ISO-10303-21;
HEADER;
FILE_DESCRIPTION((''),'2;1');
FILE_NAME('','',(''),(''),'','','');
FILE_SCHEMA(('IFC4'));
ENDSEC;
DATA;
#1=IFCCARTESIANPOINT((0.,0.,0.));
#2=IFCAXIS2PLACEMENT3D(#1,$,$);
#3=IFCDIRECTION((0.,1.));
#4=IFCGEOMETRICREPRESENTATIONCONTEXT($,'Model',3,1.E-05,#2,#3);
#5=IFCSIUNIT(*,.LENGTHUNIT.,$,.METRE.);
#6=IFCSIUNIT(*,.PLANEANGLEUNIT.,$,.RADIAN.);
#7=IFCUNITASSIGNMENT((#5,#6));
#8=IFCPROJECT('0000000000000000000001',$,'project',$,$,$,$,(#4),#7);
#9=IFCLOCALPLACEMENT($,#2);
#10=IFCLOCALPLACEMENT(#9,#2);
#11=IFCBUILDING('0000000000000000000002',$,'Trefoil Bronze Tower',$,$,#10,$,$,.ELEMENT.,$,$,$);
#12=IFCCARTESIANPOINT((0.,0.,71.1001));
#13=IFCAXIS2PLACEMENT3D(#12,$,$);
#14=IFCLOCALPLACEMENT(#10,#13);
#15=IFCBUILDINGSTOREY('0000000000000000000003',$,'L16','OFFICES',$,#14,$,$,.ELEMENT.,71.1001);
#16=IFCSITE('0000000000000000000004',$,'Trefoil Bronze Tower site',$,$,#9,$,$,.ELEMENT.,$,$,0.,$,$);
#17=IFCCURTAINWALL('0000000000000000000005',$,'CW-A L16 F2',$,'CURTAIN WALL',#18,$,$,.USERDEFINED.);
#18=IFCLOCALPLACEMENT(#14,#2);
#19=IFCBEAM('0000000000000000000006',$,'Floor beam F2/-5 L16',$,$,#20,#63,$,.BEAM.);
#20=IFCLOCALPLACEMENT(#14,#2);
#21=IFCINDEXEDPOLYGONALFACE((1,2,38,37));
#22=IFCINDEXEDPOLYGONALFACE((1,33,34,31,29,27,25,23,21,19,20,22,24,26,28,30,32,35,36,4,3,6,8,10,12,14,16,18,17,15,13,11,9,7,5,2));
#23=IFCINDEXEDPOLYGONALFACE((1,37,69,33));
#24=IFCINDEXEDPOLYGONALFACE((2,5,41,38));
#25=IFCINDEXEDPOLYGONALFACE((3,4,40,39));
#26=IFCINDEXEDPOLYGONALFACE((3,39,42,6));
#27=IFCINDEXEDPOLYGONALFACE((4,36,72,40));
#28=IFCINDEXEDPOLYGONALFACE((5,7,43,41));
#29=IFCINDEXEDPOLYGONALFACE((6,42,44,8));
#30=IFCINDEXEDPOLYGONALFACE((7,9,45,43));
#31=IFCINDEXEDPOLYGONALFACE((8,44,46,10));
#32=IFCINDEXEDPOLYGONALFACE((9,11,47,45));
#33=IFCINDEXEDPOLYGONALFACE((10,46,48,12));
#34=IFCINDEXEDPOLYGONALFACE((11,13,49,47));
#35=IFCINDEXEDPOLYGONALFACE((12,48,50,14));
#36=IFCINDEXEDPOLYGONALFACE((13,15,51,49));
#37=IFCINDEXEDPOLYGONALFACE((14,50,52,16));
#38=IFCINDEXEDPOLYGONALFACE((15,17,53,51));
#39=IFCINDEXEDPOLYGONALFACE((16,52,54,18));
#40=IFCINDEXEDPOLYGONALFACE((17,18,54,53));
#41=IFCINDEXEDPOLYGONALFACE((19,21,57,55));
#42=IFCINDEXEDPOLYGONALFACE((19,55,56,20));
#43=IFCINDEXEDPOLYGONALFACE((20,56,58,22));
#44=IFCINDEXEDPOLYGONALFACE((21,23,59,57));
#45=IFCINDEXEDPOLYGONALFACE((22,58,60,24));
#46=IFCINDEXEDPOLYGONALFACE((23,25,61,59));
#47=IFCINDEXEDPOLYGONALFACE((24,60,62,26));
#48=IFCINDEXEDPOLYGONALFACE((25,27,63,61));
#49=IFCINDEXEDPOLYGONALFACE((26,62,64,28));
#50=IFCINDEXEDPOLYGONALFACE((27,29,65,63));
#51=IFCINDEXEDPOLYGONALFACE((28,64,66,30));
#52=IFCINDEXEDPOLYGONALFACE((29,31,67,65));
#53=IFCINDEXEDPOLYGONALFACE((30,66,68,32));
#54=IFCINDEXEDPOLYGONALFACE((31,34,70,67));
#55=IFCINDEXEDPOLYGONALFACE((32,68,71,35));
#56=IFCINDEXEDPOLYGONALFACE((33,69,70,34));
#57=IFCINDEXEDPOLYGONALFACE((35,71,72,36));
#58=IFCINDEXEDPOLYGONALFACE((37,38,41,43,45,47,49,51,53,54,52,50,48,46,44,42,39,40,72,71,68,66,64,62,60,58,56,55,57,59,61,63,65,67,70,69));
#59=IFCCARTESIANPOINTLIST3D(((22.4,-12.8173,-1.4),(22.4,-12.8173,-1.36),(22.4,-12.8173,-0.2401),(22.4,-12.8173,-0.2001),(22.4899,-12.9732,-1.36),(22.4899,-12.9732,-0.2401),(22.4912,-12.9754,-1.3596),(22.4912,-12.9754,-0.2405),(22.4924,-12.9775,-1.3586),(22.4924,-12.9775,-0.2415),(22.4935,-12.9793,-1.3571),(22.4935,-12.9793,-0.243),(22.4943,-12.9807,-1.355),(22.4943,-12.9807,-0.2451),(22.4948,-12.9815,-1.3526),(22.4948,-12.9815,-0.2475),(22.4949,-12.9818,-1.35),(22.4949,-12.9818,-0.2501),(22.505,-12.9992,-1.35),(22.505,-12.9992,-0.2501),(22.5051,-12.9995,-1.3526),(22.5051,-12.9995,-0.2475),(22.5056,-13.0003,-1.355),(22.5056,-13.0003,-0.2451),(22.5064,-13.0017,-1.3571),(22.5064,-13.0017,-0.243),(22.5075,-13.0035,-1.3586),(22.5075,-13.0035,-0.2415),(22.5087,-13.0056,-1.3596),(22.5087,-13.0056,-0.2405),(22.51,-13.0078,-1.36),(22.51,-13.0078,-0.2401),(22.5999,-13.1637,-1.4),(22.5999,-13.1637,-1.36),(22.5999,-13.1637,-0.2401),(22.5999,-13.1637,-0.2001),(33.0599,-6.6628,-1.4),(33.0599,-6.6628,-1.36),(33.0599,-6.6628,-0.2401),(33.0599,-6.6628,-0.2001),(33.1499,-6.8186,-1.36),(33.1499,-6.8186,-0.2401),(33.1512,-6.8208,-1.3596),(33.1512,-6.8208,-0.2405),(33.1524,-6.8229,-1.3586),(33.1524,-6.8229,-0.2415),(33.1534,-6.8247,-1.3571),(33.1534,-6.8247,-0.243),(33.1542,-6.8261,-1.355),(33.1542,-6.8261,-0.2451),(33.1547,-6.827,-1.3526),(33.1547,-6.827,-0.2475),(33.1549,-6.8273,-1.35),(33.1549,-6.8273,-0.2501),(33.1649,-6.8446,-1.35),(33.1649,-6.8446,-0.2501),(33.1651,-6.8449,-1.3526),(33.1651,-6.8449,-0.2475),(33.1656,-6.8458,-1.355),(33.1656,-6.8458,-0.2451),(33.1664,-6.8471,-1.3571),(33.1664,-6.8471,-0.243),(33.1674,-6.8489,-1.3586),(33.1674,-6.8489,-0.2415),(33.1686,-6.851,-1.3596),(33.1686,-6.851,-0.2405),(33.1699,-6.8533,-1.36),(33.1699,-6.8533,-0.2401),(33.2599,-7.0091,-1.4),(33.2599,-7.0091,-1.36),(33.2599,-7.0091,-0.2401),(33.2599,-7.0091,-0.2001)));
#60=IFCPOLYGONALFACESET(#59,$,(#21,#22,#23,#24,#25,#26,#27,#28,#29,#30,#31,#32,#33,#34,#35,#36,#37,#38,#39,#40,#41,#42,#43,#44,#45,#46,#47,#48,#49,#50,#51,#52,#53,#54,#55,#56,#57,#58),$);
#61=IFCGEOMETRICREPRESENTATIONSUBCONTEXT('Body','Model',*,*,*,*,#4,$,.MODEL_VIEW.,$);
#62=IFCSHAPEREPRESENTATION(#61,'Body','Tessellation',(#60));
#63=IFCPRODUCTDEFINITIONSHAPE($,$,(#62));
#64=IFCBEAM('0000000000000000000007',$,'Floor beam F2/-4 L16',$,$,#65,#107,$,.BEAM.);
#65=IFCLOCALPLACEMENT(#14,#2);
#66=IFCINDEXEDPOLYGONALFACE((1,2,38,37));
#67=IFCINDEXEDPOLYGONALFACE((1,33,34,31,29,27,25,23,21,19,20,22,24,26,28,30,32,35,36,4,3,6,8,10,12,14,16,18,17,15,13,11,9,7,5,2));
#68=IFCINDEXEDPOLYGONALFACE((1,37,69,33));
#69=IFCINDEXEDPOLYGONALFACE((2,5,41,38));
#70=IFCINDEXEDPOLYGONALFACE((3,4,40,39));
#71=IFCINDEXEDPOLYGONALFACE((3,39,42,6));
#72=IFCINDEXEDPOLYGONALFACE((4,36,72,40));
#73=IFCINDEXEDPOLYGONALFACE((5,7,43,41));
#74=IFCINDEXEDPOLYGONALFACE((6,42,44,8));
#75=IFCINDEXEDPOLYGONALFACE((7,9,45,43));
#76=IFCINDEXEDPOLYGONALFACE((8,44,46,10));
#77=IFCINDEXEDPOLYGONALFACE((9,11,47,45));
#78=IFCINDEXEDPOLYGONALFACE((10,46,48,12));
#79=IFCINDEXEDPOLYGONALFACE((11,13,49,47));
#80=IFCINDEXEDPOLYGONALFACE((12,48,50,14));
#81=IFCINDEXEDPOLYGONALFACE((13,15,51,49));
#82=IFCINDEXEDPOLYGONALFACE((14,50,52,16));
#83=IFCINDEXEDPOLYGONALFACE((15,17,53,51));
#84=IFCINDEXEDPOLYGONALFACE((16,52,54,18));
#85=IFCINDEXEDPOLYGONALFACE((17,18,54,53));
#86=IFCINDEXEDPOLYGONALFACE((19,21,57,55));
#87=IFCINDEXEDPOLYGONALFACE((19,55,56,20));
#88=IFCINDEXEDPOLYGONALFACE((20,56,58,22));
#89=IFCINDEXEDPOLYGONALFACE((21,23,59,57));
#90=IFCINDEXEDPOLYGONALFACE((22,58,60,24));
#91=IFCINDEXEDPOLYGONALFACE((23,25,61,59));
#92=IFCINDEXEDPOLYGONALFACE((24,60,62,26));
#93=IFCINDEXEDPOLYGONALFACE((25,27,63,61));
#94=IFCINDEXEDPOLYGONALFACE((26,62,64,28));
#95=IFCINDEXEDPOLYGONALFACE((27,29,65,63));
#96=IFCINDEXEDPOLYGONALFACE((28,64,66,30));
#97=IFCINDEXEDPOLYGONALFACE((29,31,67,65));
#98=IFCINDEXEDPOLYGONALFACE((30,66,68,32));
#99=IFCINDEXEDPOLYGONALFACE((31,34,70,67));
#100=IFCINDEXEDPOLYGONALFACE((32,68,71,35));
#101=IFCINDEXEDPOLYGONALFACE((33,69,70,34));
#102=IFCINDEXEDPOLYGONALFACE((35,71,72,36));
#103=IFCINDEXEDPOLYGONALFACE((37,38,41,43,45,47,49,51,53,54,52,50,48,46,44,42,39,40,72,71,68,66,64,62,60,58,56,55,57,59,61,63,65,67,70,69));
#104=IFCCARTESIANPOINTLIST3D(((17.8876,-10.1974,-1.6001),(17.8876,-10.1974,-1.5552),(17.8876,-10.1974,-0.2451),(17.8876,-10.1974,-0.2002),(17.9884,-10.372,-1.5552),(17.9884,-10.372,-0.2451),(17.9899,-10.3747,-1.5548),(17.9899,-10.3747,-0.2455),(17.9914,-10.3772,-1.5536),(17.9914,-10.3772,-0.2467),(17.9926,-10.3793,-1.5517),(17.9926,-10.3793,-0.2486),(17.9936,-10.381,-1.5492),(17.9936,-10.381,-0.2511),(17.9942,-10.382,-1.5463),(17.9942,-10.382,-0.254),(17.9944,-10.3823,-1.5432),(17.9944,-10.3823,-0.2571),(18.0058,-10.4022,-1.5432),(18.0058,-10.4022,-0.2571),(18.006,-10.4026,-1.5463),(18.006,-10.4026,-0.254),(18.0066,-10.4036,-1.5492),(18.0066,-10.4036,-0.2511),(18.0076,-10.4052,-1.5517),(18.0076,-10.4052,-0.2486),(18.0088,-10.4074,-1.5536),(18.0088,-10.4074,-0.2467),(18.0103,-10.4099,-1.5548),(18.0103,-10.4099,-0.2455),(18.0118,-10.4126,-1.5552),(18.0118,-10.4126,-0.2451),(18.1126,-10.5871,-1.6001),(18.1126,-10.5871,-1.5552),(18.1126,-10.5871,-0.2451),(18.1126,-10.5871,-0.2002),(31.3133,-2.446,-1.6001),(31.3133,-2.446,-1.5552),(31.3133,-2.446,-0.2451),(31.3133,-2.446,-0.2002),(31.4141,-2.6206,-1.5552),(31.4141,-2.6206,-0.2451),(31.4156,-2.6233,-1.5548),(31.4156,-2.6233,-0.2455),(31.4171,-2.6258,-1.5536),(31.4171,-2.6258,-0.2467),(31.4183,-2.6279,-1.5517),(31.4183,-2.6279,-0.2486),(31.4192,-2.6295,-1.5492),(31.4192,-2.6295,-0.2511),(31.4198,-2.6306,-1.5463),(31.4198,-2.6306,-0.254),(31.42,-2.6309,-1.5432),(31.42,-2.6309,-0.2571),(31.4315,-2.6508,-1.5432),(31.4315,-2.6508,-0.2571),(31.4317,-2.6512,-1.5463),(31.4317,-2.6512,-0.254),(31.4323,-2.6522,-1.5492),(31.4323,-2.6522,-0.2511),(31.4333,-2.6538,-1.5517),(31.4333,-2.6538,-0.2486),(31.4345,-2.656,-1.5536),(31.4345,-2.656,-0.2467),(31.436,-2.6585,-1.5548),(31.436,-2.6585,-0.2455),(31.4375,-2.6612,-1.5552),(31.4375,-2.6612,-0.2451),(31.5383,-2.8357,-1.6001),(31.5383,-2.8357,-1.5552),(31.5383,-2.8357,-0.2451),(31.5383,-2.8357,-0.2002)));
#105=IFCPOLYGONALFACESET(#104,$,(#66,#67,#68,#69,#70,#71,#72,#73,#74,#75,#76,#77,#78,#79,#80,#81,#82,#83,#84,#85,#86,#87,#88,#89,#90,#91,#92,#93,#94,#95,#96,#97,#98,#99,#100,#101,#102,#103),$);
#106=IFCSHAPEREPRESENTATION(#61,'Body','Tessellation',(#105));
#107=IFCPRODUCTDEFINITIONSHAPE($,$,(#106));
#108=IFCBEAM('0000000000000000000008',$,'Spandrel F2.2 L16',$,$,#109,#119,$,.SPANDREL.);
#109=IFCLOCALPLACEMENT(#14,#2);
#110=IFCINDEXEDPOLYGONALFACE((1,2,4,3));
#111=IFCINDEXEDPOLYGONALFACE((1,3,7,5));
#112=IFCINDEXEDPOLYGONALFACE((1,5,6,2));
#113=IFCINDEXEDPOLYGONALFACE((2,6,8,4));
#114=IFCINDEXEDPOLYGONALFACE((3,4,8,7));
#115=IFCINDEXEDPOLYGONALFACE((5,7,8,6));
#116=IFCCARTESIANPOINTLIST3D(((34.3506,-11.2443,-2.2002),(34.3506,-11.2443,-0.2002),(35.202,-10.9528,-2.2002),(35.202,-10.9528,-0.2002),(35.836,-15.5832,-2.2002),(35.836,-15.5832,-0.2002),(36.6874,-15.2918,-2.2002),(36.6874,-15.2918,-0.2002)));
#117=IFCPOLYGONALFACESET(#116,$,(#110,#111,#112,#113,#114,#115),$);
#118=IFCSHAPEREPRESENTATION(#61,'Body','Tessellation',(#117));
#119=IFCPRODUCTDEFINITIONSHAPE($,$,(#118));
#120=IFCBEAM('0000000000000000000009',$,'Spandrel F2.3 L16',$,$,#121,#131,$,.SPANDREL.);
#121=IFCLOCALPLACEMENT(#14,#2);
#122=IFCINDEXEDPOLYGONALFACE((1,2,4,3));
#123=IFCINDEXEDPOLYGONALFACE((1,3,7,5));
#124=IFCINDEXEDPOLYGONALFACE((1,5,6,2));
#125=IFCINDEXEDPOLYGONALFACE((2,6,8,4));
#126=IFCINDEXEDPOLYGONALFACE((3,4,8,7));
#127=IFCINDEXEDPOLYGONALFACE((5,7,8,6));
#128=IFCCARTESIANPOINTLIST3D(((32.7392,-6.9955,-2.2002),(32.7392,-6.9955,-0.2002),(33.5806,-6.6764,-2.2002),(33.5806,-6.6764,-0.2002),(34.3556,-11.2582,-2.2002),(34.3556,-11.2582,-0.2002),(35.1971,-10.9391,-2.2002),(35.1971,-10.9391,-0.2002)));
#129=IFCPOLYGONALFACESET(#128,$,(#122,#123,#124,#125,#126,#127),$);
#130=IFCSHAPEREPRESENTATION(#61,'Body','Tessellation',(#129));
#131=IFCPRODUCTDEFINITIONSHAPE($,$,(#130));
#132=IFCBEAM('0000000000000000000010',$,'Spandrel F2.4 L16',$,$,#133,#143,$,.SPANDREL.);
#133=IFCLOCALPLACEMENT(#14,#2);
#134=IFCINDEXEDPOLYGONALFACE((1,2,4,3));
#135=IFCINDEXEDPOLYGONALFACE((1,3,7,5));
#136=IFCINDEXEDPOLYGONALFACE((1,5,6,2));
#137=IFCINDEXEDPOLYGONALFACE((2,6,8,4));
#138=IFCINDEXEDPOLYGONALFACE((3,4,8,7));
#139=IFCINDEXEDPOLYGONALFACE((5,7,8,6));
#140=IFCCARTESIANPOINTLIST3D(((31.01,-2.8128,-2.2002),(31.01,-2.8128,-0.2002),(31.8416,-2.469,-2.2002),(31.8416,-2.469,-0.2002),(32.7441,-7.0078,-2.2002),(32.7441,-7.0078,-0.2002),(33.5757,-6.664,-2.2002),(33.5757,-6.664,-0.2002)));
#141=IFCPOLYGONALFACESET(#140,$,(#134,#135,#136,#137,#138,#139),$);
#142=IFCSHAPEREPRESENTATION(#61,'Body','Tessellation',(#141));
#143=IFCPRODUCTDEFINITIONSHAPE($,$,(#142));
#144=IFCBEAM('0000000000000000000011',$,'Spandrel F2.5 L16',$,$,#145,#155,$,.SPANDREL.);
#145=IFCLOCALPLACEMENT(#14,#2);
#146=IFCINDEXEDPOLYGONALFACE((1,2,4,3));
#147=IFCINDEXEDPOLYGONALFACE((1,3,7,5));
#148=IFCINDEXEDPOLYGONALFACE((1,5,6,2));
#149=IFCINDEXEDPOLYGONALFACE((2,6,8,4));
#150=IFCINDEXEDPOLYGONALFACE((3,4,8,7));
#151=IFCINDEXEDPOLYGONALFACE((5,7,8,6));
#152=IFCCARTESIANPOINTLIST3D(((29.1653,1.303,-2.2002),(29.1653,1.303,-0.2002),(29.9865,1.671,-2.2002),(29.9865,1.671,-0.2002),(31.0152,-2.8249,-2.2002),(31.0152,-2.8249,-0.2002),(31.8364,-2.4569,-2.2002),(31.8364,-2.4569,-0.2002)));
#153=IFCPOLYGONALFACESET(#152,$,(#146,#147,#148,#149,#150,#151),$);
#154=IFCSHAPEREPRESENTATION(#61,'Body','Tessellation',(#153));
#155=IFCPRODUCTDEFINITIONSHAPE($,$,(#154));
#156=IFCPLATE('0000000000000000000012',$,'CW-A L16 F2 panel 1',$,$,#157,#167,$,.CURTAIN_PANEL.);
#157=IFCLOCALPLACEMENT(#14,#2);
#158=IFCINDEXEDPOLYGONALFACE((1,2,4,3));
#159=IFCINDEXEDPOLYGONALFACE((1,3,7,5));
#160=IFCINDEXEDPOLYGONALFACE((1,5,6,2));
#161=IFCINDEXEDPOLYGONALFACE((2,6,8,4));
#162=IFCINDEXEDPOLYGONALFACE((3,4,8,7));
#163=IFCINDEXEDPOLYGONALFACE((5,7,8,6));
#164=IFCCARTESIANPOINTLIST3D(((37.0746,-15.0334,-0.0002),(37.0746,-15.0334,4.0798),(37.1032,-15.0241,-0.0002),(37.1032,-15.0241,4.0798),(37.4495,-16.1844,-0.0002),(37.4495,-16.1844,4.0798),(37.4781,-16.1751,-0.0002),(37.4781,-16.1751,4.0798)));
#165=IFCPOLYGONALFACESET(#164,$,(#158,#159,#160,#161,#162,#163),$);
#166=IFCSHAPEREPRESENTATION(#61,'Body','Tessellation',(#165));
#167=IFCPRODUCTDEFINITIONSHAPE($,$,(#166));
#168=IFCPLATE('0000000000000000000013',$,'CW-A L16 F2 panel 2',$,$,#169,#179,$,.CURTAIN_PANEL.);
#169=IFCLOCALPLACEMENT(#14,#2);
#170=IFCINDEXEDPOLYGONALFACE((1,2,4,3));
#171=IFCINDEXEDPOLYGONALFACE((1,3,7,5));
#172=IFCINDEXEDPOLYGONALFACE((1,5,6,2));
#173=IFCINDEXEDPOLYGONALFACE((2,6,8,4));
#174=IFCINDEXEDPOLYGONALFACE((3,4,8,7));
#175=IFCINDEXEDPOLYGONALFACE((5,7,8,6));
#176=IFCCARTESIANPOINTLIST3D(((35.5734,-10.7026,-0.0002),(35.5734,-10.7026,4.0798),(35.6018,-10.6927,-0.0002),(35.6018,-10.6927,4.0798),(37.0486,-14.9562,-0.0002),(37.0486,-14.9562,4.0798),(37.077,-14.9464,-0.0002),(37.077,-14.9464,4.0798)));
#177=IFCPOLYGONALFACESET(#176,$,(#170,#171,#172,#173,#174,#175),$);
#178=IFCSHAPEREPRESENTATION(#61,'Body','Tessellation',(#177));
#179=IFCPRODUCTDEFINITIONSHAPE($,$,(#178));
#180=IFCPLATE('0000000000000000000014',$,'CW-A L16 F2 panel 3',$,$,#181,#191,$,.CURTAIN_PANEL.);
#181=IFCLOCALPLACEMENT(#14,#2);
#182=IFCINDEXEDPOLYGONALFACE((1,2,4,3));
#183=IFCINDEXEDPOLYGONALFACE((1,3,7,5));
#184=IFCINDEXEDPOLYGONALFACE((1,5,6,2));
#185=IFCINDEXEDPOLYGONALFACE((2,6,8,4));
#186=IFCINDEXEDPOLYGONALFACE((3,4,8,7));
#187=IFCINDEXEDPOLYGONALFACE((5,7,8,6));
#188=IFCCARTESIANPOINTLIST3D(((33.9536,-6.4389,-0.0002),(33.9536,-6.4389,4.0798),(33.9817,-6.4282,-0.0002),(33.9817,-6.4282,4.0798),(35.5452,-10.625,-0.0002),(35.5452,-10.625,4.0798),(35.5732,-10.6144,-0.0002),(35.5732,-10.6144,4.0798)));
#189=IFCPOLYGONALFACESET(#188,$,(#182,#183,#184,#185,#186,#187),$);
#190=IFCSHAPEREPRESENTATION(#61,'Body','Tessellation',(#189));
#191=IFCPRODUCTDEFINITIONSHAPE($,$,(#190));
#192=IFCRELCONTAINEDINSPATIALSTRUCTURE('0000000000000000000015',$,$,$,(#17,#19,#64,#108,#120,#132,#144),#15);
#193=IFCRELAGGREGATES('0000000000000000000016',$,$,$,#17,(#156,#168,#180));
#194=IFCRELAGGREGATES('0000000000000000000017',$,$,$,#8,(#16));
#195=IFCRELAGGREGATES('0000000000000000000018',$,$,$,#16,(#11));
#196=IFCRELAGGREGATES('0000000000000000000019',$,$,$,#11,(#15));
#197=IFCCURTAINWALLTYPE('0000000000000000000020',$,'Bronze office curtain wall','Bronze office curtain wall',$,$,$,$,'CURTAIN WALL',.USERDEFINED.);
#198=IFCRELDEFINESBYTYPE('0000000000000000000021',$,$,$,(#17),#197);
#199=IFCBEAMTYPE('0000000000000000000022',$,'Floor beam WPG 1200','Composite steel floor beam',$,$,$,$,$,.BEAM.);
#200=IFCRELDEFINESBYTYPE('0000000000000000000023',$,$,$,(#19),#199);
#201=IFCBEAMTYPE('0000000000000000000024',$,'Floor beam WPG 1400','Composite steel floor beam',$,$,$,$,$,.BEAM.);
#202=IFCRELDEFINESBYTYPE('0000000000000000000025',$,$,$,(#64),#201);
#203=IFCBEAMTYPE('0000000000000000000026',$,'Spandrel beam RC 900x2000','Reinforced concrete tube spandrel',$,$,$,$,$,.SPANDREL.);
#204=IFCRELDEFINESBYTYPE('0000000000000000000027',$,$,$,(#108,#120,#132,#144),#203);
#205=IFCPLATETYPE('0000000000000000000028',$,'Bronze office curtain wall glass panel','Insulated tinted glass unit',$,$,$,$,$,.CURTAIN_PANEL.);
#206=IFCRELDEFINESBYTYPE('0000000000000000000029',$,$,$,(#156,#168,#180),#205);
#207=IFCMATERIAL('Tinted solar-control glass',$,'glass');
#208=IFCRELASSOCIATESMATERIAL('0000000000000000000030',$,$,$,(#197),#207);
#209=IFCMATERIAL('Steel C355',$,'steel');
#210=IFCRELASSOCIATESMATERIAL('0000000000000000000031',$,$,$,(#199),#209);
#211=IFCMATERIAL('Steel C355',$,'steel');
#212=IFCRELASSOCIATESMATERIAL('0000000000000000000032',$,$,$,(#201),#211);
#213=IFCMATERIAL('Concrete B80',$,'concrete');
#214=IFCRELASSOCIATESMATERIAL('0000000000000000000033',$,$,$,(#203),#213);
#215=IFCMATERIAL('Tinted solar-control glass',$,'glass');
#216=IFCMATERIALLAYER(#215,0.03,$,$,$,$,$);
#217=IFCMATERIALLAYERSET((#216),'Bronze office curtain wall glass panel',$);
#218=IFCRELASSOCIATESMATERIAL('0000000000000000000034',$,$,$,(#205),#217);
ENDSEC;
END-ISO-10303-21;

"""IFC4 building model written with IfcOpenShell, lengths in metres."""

from ifc_helpers import new_model, si_unit, direction, frame, origin, origin_2d, place, context, subcontext, project, spatial, rectangle, i_section, extrude, material, layer, layer_set, material_profile, profile_set, type_object, element, aggregate, save


model = new_model("IFC4")

# Units and contexts
model_context = context("Model", 3, precision=1e-05, world=origin(), true_north=direction((0.0, 1.0)))
body_context = subcontext(model_context, "Body", "Model", "MODEL_VIEW")
ifc_project = project(units=[si_unit("LENGTHUNIT", "METRE"), si_unit("PLANEANGLEUNIT", "RADIAN")], contexts=[model_context])

# Site, building, storey
site_placement = place(None, origin())
site = spatial("IfcSite", under=ifc_project, at=site_placement, Name="Trefoil Bronze Tower site", CompositionType="ELEMENT", RefElevation=0.0)
building_placement = place(site_placement, origin())
building = spatial("IfcBuilding", under=site, at=building_placement, Name="Trefoil Bronze Tower", CompositionType="ELEMENT")
storey_placement = place(building_placement, frame((0.0, 0.0, 71.1001)))
storey = spatial("IfcBuildingStorey", under=building, at=storey_placement, Name="L16", Description="OFFICES", CompositionType="ELEMENT", Elevation=71.1001)

# Curtain wall
ifc_material_1 = material(Name="Tinted solar-control glass", Category="glass")
curtain_wall_type_1 = type_object("IfcCurtainWallType", Name="Bronze office curtain wall", Description="Bronze office curtain wall", ElementType="CURTAIN WALL", PredefinedType="USERDEFINED", material=ifc_material_1)
curtain_wall_1_placement = place(storey_placement, origin())
curtain_wall_1 = element("IfcCurtainWall", 1, at=curtain_wall_1_placement, inside=storey, type_object=curtain_wall_type_1, Name="CW-A L16 F2", ObjectType="CURTAIN WALL", PredefinedType="USERDEFINED")

# Beams
ifc_material_2 = material(Name="Steel C355", Category="steel")
ifc_material_profile_1 = material_profile(ifc_material_2, i_section(OverallWidth=0.3999, OverallDepth=1.2, WebThickness=0.02, FlangeThickness=0.04, FilletRadius=0.01, at=origin_2d()), Name="WPG 1200")
ifc_profile_set_1 = profile_set([ifc_material_profile_1], Name="Steel C355")
beam_type_1 = type_object("IfcBeamType", Name="Floor beam WPG 1200", Description="Composite steel floor beam", PredefinedType="BEAM", material=ifc_profile_set_1)
beam_1_placement = place(storey_placement, frame((33.1599, -6.8359, -0.8), z_axis=(-0.866024, -0.500002, 0.0), x_axis=(0.500002, -0.866024, 0.0)))
element("IfcBeam", 2, at=beam_1_placement, inside=storey, type_object=beam_type_1, Name="Floor beam F2/-5 L16", PredefinedType="BEAM", context=body_context, shape_type="SweptSolid", body=[
    extrude(i_section(OverallWidth=0.3999, OverallDepth=1.2, WebThickness=0.02, FlangeThickness=0.04, FilletRadius=0.01, at=origin_2d()), origin(), (0.0, 0.0, 1.0), 12.3091),
])
ifc_material_3 = material(Name="Steel C355", Category="steel")
ifc_material_profile_2 = material_profile(ifc_material_3, i_section(OverallWidth=0.45, OverallDepth=1.3999, WebThickness=0.0229, FlangeThickness=0.0449, FilletRadius=0.012, at=origin_2d()), Name="WPG 1400")
ifc_profile_set_2 = profile_set([ifc_material_profile_2], Name="Steel C355")
beam_type_2 = type_object("IfcBeamType", Name="Floor beam WPG 1400", Description="Composite steel floor beam", PredefinedType="BEAM", material=ifc_profile_set_2)
beam_2_placement = place(storey_placement, frame((31.4258, -2.6409, -0.9001), z_axis=(-0.866023, -0.500004, 0.0), x_axis=(0.500004, -0.866023, 0.0)))
element("IfcBeam", 3, at=beam_2_placement, inside=storey, type_object=beam_type_2, Name="Floor beam F2/-4 L16", PredefinedType="BEAM", context=body_context, shape_type="SweptSolid", body=[
    extrude(i_section(OverallWidth=0.45, OverallDepth=1.3999, WebThickness=0.0229, FlangeThickness=0.0449, FilletRadius=0.012, at=origin_2d()), origin(), (0.0, 0.0, 1.0), 15.5027),
])
ifc_material_4 = material(Name="Concrete B80", Category="concrete")
ifc_material_profile_3 = material_profile(ifc_material_4, rectangle(XDim=0.8999, YDim=2.0, at=origin_2d()), Name="RC 900x2000")
ifc_profile_set_3 = profile_set([ifc_material_profile_3], Name="Concrete B80")
beam_type_3 = type_object("IfcBeamType", Name="Spandrel beam RC 900x2000", Description="Reinforced concrete tube spandrel", PredefinedType="SPANDREL", material=ifc_profile_set_3)
beam_3_placement = place(storey_placement, frame((36.2617, -15.4375, -1.2002), z_axis=(-0.323883, 0.946097, 0.0), x_axis=(-0.946097, -0.323883, 0.0)))
element("IfcBeam", 4, at=beam_3_placement, inside=storey, type_object=beam_type_3, Name="Spandrel F2.2 L16", PredefinedType="SPANDREL", context=body_context, shape_type="SweptSolid", body=[
    extrude(rectangle(XDim=0.8999, YDim=2.0, at=origin_2d()), origin(), (0.0, 0.0, 1.0), 4.5862),
])
beam_4_placement = place(storey_placement, frame((34.7764, -11.0986, -1.2002), z_axis=(-0.354572, 0.935029, 0.0), x_axis=(-0.935029, -0.354572, 0.0)))
element("IfcBeam", 5, at=beam_4_placement, inside=storey, type_object=beam_type_3, Name="Spandrel F2.3 L16", PredefinedType="SPANDREL", context=body_context, shape_type="SweptSolid", body=[
    extrude(rectangle(XDim=0.8999, YDim=2.0, at=origin_2d()), origin(), (0.0, 0.0, 1.0), 4.5588),
])
beam_5_placement = place(storey_placement, frame((33.1599, -6.8359, -1.2002), z_axis=(-0.382021, 0.924154, 0.0), x_axis=(-0.924154, -0.382021, 0.0)))
element("IfcBeam", 6, at=beam_5_placement, inside=storey, type_object=beam_type_3, Name="Spandrel F2.4 L16", PredefinedType="SPANDREL", context=body_context, shape_type="SweptSolid", body=[
    extrude(rectangle(XDim=0.8999, YDim=2.0, at=origin_2d()), origin(), (0.0, 0.0, 1.0), 4.5393),
])
beam_6_placement = place(storey_placement, frame((31.4258, -2.6409, -1.2002), z_axis=(-0.408946, 0.912559, 0.0), x_axis=(-0.912559, -0.408946, 0.0)))
element("IfcBeam", 7, at=beam_6_placement, inside=storey, type_object=beam_type_3, Name="Spandrel F2.5 L16", PredefinedType="SPANDREL", context=body_context, shape_type="SweptSolid", body=[
    extrude(rectangle(XDim=0.8999, YDim=2.0, at=origin_2d()), origin(), (0.0, 0.0, 1.0), 4.5234),
])

# Plates
ifc_material_5 = material(Name="Tinted solar-control glass", Category="glass")
ifc_layer_1 = layer(ifc_material_5, 0.03)
ifc_layer_set_1 = layer_set([ifc_layer_1], Name="Bronze office curtain wall glass panel")
plate_type_1 = type_object("IfcPlateType", Name="Bronze office curtain wall glass panel", Description="Insulated tinted glass unit", PredefinedType="CURTAIN_PANEL", material=ifc_layer_set_1)
plate_1_placement = place(storey_placement, frame((37.2764, -15.6042, -0.0002), z_axis=(0.0, 0.0, 1.0), x_axis=(-0.309728, 0.950825, 0.0)))
plate_1 = element("IfcPlate", 8, at=plate_1_placement, type_object=plate_type_1, Name="CW-A L16 F2 panel 1", PredefinedType="CURTAIN_PANEL", context=body_context, shape_type="SweptSolid", body=[
    extrude(rectangle(XDim=1.2104, YDim=0.03, at=origin_2d()), origin(), (0.0, 0.0, 1.0), 4.0801),
])
plate_2_placement = place(storey_placement, frame((36.3252, -12.8245, -0.0002), z_axis=(0.0, 0.0, 1.0), x_axis=(-0.327674, 0.944791, 0.0)))
plate_2 = element("IfcPlate", 9, at=plate_2_placement, type_object=plate_type_1, Name="CW-A L16 F2 panel 2", PredefinedType="CURTAIN_PANEL", context=body_context, shape_type="SweptSolid", body=[
    extrude(rectangle(XDim=4.5022, YDim=0.03, at=origin_2d()), origin(), (0.0, 0.0, 1.0), 4.0801),
])
plate_3_placement = place(storey_placement, frame((34.7634, -8.5266, -0.0002), z_axis=(0.0, 0.0, 1.0), x_axis=(-0.355371, 0.934725, 0.0)))
plate_3 = element("IfcPlate", 10, at=plate_3_placement, type_object=plate_type_1, Name="CW-A L16 F2 panel 3", PredefinedType="CURTAIN_PANEL", context=body_context, shape_type="SweptSolid", body=[
    extrude(rectangle(XDim=4.4785, YDim=0.03, at=origin_2d()), origin(), (0.0, 0.0, 1.0), 4.0801),
])
aggregate(curtain_wall_1, [plate_1, plate_2, plate_3])

save(model, "model.ifc")
